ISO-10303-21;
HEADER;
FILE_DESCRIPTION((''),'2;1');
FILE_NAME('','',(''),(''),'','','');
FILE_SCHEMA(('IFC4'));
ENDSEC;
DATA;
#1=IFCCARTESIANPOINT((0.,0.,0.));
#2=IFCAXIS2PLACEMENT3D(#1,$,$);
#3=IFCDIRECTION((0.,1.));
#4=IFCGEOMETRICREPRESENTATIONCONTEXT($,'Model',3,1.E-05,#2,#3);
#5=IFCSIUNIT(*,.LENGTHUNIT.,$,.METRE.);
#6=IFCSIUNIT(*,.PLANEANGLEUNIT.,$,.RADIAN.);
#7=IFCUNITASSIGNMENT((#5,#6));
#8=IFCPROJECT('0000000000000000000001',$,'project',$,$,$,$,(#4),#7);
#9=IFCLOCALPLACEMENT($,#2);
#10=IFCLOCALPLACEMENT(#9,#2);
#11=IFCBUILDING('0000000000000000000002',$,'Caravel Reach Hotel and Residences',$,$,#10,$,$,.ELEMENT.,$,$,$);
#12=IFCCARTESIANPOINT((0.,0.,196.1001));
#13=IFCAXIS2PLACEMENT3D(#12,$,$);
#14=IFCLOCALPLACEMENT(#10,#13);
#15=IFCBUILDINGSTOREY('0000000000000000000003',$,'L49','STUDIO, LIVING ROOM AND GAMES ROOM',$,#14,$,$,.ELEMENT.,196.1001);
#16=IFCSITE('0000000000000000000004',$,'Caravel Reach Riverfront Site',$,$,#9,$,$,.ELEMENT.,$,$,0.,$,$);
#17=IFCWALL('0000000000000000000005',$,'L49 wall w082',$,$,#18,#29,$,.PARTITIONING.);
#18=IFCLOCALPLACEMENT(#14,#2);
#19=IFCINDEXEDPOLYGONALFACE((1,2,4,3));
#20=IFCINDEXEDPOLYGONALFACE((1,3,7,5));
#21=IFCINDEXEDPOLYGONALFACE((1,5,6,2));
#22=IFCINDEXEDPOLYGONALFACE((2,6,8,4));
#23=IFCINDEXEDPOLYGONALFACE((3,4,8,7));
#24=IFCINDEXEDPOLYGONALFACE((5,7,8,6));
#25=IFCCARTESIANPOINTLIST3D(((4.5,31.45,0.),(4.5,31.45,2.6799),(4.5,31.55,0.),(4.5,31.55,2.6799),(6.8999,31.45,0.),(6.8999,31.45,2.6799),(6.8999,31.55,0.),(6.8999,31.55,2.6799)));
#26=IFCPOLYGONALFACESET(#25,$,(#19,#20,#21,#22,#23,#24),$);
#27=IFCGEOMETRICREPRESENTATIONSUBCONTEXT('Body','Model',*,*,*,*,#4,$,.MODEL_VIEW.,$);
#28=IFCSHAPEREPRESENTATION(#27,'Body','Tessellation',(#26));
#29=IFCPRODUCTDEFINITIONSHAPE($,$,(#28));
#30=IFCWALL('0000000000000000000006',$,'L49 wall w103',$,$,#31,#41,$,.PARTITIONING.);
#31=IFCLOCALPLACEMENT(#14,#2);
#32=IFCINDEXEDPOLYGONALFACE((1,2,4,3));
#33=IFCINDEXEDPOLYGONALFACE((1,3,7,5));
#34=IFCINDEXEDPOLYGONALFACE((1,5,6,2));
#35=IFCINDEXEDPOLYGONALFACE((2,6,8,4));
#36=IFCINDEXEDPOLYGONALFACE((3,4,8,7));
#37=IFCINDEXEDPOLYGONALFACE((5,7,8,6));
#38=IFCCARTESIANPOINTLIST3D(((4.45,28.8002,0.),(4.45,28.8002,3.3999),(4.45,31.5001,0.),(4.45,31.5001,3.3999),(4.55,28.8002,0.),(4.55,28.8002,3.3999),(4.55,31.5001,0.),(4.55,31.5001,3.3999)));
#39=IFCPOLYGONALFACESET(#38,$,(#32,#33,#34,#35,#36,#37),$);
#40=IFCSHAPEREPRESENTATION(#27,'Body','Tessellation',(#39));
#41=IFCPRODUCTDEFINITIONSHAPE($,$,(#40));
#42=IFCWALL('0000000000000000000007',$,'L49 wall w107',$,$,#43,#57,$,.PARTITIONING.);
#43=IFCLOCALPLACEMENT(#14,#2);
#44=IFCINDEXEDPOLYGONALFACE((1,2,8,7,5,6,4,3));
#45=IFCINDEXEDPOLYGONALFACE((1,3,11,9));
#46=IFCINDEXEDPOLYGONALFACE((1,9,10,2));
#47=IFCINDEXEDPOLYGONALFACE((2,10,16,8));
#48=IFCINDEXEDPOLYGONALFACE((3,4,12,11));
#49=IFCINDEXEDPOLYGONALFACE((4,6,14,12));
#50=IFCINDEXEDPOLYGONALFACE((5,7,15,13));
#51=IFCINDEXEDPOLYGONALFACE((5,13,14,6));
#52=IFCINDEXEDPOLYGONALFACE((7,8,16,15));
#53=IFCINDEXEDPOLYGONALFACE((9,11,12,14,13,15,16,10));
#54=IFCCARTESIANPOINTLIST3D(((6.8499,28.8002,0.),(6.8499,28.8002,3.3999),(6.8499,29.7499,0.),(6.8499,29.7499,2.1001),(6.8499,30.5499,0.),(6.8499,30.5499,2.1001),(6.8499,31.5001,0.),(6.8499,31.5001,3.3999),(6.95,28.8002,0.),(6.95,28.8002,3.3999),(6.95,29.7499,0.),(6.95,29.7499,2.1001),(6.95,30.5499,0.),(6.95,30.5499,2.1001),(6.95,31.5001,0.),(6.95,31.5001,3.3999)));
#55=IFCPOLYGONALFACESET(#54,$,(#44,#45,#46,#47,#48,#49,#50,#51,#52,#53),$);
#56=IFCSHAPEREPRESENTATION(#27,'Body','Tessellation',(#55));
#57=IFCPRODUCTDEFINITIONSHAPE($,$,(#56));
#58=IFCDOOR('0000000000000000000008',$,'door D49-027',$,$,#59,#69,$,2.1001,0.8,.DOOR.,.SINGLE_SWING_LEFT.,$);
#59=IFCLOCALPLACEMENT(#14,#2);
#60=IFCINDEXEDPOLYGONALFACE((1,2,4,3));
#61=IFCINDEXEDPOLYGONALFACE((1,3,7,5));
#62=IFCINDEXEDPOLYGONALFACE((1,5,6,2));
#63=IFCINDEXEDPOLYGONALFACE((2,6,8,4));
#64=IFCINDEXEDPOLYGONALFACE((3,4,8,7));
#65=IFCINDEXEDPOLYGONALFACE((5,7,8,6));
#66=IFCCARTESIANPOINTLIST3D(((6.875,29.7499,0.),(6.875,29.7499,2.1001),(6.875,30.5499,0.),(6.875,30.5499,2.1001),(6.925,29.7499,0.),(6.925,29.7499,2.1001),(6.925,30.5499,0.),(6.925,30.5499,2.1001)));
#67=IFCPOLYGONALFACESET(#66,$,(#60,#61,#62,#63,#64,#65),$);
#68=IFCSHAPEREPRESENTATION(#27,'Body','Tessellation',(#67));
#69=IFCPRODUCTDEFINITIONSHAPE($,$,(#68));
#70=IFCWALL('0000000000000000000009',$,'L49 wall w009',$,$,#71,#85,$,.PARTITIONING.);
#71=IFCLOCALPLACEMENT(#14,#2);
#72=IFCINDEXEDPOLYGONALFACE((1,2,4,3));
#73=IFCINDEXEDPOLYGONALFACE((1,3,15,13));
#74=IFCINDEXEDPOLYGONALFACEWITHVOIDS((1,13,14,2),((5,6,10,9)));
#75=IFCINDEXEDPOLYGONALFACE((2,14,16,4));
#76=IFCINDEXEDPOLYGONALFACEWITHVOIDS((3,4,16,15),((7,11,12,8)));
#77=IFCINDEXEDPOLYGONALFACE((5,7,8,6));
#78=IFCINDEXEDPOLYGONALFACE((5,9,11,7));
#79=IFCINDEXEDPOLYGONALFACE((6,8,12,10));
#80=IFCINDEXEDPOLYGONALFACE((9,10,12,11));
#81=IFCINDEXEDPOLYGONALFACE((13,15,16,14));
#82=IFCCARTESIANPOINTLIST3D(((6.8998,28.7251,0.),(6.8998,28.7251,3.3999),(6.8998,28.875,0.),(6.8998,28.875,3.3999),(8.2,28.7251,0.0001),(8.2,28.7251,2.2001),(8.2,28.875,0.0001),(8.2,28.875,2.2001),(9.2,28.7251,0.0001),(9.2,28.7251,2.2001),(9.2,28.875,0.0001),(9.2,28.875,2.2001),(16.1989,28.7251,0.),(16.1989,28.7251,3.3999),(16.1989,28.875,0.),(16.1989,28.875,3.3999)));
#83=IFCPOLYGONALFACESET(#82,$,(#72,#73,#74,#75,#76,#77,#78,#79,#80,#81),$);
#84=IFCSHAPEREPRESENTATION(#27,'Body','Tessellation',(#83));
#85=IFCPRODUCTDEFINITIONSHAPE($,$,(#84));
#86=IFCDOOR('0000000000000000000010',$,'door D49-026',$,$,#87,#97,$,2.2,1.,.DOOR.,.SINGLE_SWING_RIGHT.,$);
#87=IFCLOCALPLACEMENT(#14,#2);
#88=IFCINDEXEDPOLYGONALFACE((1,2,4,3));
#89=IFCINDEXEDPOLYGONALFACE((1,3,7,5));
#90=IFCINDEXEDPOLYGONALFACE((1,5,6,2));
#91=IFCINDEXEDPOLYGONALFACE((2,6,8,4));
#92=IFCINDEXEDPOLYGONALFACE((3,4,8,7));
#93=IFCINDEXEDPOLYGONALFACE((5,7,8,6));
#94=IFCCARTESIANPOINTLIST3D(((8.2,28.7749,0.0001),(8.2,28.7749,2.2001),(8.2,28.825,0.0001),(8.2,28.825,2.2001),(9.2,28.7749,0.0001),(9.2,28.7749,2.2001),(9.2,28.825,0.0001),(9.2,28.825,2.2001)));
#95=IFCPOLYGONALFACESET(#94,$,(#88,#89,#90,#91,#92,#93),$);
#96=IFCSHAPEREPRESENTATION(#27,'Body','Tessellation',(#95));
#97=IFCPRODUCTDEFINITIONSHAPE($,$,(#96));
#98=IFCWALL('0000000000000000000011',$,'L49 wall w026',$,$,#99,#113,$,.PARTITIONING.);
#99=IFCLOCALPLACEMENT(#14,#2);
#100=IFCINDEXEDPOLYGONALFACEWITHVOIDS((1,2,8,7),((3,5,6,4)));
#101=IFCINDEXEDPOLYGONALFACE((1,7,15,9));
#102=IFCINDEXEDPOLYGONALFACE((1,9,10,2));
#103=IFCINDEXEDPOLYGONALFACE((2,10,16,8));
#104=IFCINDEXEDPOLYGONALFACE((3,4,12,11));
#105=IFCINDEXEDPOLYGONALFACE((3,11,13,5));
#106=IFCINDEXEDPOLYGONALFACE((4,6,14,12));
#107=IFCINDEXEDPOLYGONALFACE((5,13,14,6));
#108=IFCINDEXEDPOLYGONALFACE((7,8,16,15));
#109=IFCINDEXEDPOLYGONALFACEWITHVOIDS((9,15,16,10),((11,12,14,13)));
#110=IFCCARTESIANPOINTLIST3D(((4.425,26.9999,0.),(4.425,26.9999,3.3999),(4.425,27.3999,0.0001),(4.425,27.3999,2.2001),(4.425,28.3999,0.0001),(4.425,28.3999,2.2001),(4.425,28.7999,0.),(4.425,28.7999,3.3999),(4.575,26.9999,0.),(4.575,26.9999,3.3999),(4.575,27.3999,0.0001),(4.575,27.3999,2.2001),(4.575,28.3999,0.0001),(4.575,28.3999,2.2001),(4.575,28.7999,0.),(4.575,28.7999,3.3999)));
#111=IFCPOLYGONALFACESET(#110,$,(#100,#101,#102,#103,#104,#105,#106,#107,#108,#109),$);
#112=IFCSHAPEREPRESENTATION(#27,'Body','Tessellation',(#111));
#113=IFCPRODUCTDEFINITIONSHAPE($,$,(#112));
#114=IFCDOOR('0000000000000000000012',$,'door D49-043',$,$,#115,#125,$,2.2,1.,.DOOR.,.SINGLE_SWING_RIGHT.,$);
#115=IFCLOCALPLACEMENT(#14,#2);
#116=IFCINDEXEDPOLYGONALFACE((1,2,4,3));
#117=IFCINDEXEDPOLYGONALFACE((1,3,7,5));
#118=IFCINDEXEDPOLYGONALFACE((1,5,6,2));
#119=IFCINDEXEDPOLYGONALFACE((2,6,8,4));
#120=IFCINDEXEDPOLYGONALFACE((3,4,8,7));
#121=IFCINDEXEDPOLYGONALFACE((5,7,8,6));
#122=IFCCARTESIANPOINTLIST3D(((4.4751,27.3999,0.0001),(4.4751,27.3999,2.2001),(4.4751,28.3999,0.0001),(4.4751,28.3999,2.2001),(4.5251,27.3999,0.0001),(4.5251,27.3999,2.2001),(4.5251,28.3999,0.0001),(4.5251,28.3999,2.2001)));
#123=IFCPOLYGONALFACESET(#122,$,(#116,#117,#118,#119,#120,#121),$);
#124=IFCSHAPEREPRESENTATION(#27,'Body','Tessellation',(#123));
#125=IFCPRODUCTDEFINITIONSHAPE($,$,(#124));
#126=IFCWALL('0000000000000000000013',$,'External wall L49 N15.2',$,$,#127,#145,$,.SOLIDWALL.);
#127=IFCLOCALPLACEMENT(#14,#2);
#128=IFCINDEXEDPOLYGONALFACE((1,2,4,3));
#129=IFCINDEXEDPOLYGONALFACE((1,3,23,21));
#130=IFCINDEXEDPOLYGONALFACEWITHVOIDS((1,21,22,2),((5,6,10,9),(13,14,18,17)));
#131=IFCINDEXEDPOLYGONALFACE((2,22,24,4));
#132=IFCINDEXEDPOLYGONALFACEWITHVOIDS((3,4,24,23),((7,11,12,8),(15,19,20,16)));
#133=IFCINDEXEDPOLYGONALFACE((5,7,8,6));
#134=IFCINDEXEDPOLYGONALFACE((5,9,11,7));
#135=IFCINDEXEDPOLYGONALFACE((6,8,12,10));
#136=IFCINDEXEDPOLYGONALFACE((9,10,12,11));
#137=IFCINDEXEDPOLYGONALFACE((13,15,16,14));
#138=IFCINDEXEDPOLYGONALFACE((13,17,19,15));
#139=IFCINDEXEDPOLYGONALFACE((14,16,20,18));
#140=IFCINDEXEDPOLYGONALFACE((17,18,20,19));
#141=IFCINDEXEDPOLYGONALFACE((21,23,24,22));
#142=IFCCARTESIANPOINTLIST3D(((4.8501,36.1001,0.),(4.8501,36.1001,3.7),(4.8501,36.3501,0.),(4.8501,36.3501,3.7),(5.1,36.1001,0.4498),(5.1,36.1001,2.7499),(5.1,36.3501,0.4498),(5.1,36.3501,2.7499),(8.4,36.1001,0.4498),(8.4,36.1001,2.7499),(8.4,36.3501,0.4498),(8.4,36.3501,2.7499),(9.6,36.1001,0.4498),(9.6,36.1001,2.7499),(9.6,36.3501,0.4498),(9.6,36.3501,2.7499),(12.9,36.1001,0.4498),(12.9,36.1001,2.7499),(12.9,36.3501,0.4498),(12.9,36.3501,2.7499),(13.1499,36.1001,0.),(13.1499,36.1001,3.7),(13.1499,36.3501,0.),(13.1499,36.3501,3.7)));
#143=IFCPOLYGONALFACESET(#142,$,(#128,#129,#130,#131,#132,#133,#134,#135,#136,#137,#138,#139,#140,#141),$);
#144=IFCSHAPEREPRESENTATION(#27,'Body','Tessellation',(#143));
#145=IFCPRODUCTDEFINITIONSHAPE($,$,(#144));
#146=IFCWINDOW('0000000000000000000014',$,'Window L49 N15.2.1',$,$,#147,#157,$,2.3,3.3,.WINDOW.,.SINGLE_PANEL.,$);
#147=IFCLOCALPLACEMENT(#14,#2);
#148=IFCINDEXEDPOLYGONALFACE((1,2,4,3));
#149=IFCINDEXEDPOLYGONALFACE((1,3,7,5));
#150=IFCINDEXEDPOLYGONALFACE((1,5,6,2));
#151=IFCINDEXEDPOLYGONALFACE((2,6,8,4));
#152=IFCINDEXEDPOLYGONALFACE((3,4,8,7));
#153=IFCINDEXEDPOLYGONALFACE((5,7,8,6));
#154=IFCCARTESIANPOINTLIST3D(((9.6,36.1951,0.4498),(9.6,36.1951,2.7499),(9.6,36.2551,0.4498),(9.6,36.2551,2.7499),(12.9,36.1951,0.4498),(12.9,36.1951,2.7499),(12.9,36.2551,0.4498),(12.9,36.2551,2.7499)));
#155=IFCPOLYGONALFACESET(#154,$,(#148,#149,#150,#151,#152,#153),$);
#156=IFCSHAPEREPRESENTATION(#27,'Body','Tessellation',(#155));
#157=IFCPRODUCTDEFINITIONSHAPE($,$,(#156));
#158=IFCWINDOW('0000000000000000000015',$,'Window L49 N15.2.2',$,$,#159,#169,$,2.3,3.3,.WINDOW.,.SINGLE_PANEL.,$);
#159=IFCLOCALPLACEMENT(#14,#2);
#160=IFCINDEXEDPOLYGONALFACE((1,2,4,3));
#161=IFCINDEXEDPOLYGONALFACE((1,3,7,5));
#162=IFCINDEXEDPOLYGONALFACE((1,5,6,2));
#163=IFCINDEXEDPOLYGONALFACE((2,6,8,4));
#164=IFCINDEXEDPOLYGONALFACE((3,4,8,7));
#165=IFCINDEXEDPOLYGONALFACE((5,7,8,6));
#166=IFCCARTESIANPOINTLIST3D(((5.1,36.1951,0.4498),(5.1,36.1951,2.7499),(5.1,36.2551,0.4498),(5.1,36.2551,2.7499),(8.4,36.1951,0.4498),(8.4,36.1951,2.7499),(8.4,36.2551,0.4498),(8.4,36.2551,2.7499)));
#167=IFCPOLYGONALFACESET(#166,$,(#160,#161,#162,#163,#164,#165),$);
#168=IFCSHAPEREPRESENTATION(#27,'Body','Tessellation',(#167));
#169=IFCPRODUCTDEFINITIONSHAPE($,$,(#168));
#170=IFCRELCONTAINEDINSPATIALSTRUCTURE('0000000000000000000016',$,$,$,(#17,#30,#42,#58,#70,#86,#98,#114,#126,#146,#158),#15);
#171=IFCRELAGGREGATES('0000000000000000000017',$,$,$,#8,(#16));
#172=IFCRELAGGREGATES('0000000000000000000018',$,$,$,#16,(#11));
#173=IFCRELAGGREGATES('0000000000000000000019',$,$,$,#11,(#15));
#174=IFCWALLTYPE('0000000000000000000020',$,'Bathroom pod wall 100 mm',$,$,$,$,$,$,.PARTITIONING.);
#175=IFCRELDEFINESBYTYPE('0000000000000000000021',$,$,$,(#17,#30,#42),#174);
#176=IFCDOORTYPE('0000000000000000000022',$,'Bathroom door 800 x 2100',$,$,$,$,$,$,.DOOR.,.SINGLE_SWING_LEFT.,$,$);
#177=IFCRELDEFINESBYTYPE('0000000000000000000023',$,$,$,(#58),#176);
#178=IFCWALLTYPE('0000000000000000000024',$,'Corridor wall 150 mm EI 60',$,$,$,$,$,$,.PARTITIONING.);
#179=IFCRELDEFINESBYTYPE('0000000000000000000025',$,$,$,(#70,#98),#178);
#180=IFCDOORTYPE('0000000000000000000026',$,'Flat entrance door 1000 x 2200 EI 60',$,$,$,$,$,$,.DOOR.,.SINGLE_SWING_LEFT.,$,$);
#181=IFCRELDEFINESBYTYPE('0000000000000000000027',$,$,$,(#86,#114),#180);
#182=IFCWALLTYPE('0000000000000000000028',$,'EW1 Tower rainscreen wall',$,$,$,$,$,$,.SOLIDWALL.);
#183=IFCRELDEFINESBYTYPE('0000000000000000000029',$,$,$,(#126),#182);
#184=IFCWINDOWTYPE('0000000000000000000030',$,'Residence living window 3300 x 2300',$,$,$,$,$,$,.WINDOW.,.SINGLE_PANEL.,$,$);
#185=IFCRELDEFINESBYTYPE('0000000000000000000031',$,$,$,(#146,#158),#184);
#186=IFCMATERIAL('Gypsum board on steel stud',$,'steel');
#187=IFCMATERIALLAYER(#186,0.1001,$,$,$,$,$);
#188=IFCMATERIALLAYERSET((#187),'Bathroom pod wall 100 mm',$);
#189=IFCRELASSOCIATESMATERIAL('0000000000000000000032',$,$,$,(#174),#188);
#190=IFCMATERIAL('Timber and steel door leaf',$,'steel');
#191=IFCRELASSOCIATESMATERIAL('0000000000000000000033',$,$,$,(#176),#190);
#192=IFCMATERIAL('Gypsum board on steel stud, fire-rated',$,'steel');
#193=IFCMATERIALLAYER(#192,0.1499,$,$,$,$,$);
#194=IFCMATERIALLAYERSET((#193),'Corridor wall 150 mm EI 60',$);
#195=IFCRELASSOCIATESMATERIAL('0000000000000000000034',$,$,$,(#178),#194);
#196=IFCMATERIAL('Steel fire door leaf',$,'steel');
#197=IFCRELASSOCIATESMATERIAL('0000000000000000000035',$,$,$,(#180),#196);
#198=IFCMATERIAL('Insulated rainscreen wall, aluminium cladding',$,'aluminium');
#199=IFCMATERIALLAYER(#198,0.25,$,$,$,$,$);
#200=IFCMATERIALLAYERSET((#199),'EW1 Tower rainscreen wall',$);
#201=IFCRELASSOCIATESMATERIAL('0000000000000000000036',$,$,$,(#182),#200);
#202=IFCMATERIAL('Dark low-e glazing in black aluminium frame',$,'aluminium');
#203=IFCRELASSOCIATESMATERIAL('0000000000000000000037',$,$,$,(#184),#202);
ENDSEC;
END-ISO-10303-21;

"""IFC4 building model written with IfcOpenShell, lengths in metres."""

from ifc_helpers import new_model, si_unit, direction, frame, frame_2d, origin, place, context, subcontext, project, spatial, rectangle, extrude, material, layer, layer_set, type_object, element, fill, save


model = new_model("IFC4")

# Units and contexts
model_context = context("Model", 3, precision=1e-05, world=origin(), true_north=direction((0.0, 1.0)))
body_context = subcontext(model_context, "Body", "Model", "MODEL_VIEW")
ifc_project = project(units=[si_unit("LENGTHUNIT", "METRE"), si_unit("PLANEANGLEUNIT", "RADIAN")], contexts=[model_context])

# Site, building, storey
site_placement = place(None, origin())
site = spatial("IfcSite", under=ifc_project, at=site_placement, Name="Caravel Reach Riverfront Site", CompositionType="ELEMENT", RefElevation=0.0)
building_placement = place(site_placement, origin())
building = spatial("IfcBuilding", under=site, at=building_placement, Name="Caravel Reach Hotel and Residences", CompositionType="ELEMENT")
storey_placement = place(building_placement, frame((0.0, 0.0, 196.1001)))
storey = spatial("IfcBuildingStorey", under=building, at=storey_placement, Name="L49", Description="STUDIO, LIVING ROOM AND GAMES ROOM", CompositionType="ELEMENT", Elevation=196.1001)

# Walls
ifc_material_1 = material(Name="Gypsum board on steel stud", Category="steel")
ifc_layer_1 = layer(ifc_material_1, 0.1001)
ifc_layer_set_1 = layer_set([ifc_layer_1], Name="Bathroom pod wall 100 mm")
wall_type_1 = type_object("IfcWallType", Name="Bathroom pod wall 100 mm", PredefinedType="PARTITIONING", material=ifc_layer_set_1)
wall_1_placement = place(storey_placement, frame((4.5, 31.5, 0.0), z_axis=(0.0, 0.0, 1.0), x_axis=(1.0, 0.0, 0.0)))
element("IfcWall", 1, at=wall_1_placement, inside=storey, type_object=wall_type_1, Name="L49 wall w082", PredefinedType="PARTITIONING", context=body_context, shape_type="SweptSolid", body=[
    extrude(rectangle(XDim=2.3999, YDim=0.1001, at=frame_2d((1.2, 0.0))), origin(), (0.0, 0.0, 1.0), 2.6799),
])
wall_2_placement = place(storey_placement, frame((4.5, 28.8, 0.0), z_axis=(0.0, 0.0, 1.0), x_axis=(0.0, 1.0, 0.0)))
element("IfcWall", 2, at=wall_2_placement, inside=storey, type_object=wall_type_1, Name="L49 wall w103", PredefinedType="PARTITIONING", context=body_context, shape_type="SweptSolid", body=[
    extrude(rectangle(XDim=2.7, YDim=0.1001, at=frame_2d((1.3501, 0.0))), origin(), (0.0, 0.0, 1.0), 3.3999),
])

# Walls, openings, doors
wall_3_placement = place(storey_placement, frame((6.8999, 28.8, 0.0), z_axis=(0.0, 0.0, 1.0), x_axis=(0.0, 1.0, 0.0)))
wall_3 = element("IfcWall", 3, at=wall_3_placement, inside=storey, type_object=wall_type_1, Name="L49 wall w107", PredefinedType="PARTITIONING", context=body_context, shape_type="SweptSolid", body=[
    extrude(rectangle(XDim=2.7, YDim=0.1001, at=frame_2d((1.3501, 0.0))), origin(), (0.0, 0.0, 1.0), 3.3999),
])
opening_1_placement = place(wall_3_placement, frame((0.95, 0.0, 0.0)))
opening_1 = element("IfcOpeningElement", 4, at=opening_1_placement, cuts=wall_3, PredefinedType="OPENING", context=body_context, shape_type="SweptSolid", body=[
    extrude(rectangle(XDim=0.8, YDim=2.1001, at=frame_2d((0.3999, 1.05))), frame((0.0, 0.0601, 0.0), z_axis=(0.0, -1.0, 0.0), x_axis=(1.0, 0.0, 0.0)), (0.0, 0.0, 1.0), 0.1201),
])
ifc_material_2 = material(Name="Timber and steel door leaf", Category="steel")
door_type_1 = type_object("IfcDoorType", Name="Bathroom door 800 x 2100", OperationType="SINGLE_SWING_LEFT", PredefinedType="DOOR", material=ifc_material_2)
door_1_placement = place(opening_1_placement, origin())
door_1 = element("IfcDoor", 5, at=door_1_placement, inside=storey, type_object=door_type_1, Name="door D49-027", OperationType="SINGLE_SWING_LEFT", OverallHeight=2.1001, OverallWidth=0.8, PredefinedType="DOOR", context=body_context, shape_type="SweptSolid", body=[
    extrude(rectangle(XDim=0.8, YDim=2.1001, at=frame_2d((0.3999, 1.05))), frame((0.0, 0.0249, 0.0), z_axis=(0.0, -1.0, 0.0), x_axis=(1.0, 0.0, 0.0)), (0.0, 0.0, 1.0), 0.05),
])
fill(opening_1, door_1)
ifc_material_3 = material(Name="Gypsum board on steel stud, fire-rated", Category="steel")
ifc_layer_2 = layer(ifc_material_3, 0.1499)
ifc_layer_set_2 = layer_set([ifc_layer_2], Name="Corridor wall 150 mm EI 60")
wall_type_2 = type_object("IfcWallType", Name="Corridor wall 150 mm EI 60", PredefinedType="PARTITIONING", material=ifc_layer_set_2)
wall_4_placement = place(storey_placement, frame((6.8999, 28.8, 0.0), z_axis=(0.0, 0.0, 1.0), x_axis=(1.0, 0.0, 0.0)))
wall_4 = element("IfcWall", 6, at=wall_4_placement, inside=storey, type_object=wall_type_2, Name="L49 wall w009", PredefinedType="PARTITIONING", context=body_context, shape_type="SweptSolid", body=[
    extrude(rectangle(XDim=9.2991, YDim=0.1499, at=frame_2d((4.6494, 0.0))), origin(), (0.0, 0.0, 1.0), 3.3999),
])
opening_2_placement = place(wall_4_placement, frame((1.3, 0.0, 0.0)))
opening_2 = element("IfcOpeningElement", 7, at=opening_2_placement, cuts=wall_4, PredefinedType="OPENING", context=body_context, shape_type="SweptSolid", body=[
    extrude(rectangle(XDim=1.0, YDim=2.2, at=frame_2d((0.5, 1.1001))), frame((0.0, 0.085, 0.0), z_axis=(0.0, -1.0, 0.0), x_axis=(1.0, 0.0, 0.0)), (0.0, 0.0, 1.0), 0.1699),
])
ifc_material_4 = material(Name="Steel fire door leaf", Category="steel")
door_type_2 = type_object("IfcDoorType", Name="Flat entrance door 1000 x 2200 EI 60", OperationType="SINGLE_SWING_LEFT", PredefinedType="DOOR", material=ifc_material_4)
door_2_placement = place(opening_2_placement, origin())
door_2 = element("IfcDoor", 8, at=door_2_placement, inside=storey, type_object=door_type_2, Name="door D49-026", OperationType="SINGLE_SWING_RIGHT", OverallHeight=2.2, OverallWidth=1.0, PredefinedType="DOOR", context=body_context, shape_type="SweptSolid", body=[
    extrude(rectangle(XDim=1.0, YDim=2.2, at=frame_2d((0.5, 1.1001))), frame((0.0, 0.0249, 0.0), z_axis=(0.0, -1.0, 0.0), x_axis=(1.0, 0.0, 0.0)), (0.0, 0.0, 1.0), 0.05),
])
fill(opening_2, door_2)
wall_5_placement = place(storey_placement, frame((4.5, 27.0, 0.0), z_axis=(0.0, 0.0, 1.0), x_axis=(0.0, 1.0, 0.0)))
wall_5 = element("IfcWall", 9, at=wall_5_placement, inside=storey, type_object=wall_type_2, Name="L49 wall w026", PredefinedType="PARTITIONING", context=body_context, shape_type="SweptSolid", body=[
    extrude(rectangle(XDim=1.8, YDim=0.1499, at=frame_2d((0.8999, 0.0))), origin(), (0.0, 0.0, 1.0), 3.3999),
])
opening_3_placement = place(wall_5_placement, frame((0.3999, 0.0, 0.0)))
opening_3 = element("IfcOpeningElement", 10, at=opening_3_placement, cuts=wall_5, PredefinedType="OPENING", context=body_context, shape_type="SweptSolid", body=[
    extrude(rectangle(XDim=1.0, YDim=2.2, at=frame_2d((0.5, 1.1001))), frame((0.0, 0.085, 0.0), z_axis=(0.0, -1.0, 0.0), x_axis=(1.0, 0.0, 0.0)), (0.0, 0.0, 1.0), 0.1699),
])
door_3_placement = place(opening_3_placement, origin())
door_3 = element("IfcDoor", 11, at=door_3_placement, inside=storey, type_object=door_type_2, Name="door D49-043", OperationType="SINGLE_SWING_RIGHT", OverallHeight=2.2, OverallWidth=1.0, PredefinedType="DOOR", context=body_context, shape_type="SweptSolid", body=[
    extrude(rectangle(XDim=1.0, YDim=2.2, at=frame_2d((0.5, 1.1001))), frame((0.0, 0.0249, 0.0), z_axis=(0.0, -1.0, 0.0), x_axis=(1.0, 0.0, 0.0)), (0.0, 0.0, 1.0), 0.05),
])
fill(opening_3, door_3)

# Wall, openings, windows
ifc_material_5 = material(Name="Insulated rainscreen wall, aluminium cladding", Category="aluminium")
ifc_layer_3 = layer(ifc_material_5, 0.25)
ifc_layer_set_3 = layer_set([ifc_layer_3], Name="EW1 Tower rainscreen wall")
wall_type_3 = type_object("IfcWallType", Name="EW1 Tower rainscreen wall", PredefinedType="SOLIDWALL", material=ifc_layer_set_3)
wall_6_placement = place(storey_placement, frame((13.1499, 36.2251, 0.0), z_axis=(0.0, 0.0, 1.0), x_axis=(-1.0, 0.0, 0.0)))
wall_6 = element("IfcWall", 12, at=wall_6_placement, inside=storey, type_object=wall_type_3, Name="External wall L49 N15.2", PredefinedType="SOLIDWALL", context=body_context, shape_type="SweptSolid", body=[
    extrude(rectangle(XDim=8.2998, YDim=0.25, at=frame_2d((4.1499, 0.0))), origin(), (0.0, 0.0, 1.0), 3.7),
])
opening_4_placement = place(wall_6_placement, frame((0.25, 0.0, 0.45)))
opening_4 = element("IfcOpeningElement", 13, at=opening_4_placement, cuts=wall_6, PredefinedType="OPENING", context=body_context, shape_type="SweptSolid", body=[
    extrude(rectangle(XDim=3.3, YDim=2.3, at=frame_2d((1.6499, 1.1499))), frame((0.0, 0.135, 0.0), z_axis=(0.0, -1.0, 0.0), x_axis=(1.0, 0.0, 0.0)), (0.0, 0.0, 1.0), 0.27),
])
opening_5_placement = place(wall_6_placement, frame((4.75, 0.0, 0.45)))
opening_5 = element("IfcOpeningElement", 14, at=opening_5_placement, cuts=wall_6, PredefinedType="OPENING", context=body_context, shape_type="SweptSolid", body=[
    extrude(rectangle(XDim=3.3, YDim=2.3, at=frame_2d((1.6499, 1.1499))), frame((0.0, 0.135, 0.0), z_axis=(0.0, -1.0, 0.0), x_axis=(1.0, 0.0, 0.0)), (0.0, 0.0, 1.0), 0.27),
])
ifc_material_6 = material(Name="Dark low-e glazing in black aluminium frame", Category="aluminium")
window_type = type_object("IfcWindowType", Name="Residence living window 3300 x 2300", PartitioningType="SINGLE_PANEL", PredefinedType="WINDOW", material=ifc_material_6)
window_1_placement = place(opening_4_placement, origin())
window_1 = element("IfcWindow", 15, at=window_1_placement, inside=storey, type_object=window_type, Name="Window L49 N15.2.1", OverallHeight=2.3, OverallWidth=3.3, PartitioningType="SINGLE_PANEL", PredefinedType="WINDOW", context=body_context, shape_type="SweptSolid", body=[
    extrude(rectangle(XDim=3.3, YDim=2.3, at=frame_2d((1.6499, 1.1499))), frame((0.0, 0.03, 0.0), z_axis=(0.0, -1.0, 0.0), x_axis=(1.0, 0.0, 0.0)), (0.0, 0.0, 1.0), 0.0601),
])
fill(opening_4, window_1)
window_2_placement = place(opening_5_placement, origin())
window_2 = element("IfcWindow", 16, at=window_2_placement, inside=storey, type_object=window_type, Name="Window L49 N15.2.2", OverallHeight=2.3, OverallWidth=3.3, PartitioningType="SINGLE_PANEL", PredefinedType="WINDOW", context=body_context, shape_type="SweptSolid", body=[
    extrude(rectangle(XDim=3.3, YDim=2.3, at=frame_2d((1.6499, 1.1499))), frame((0.0, 0.03, 0.0), z_axis=(0.0, -1.0, 0.0), x_axis=(1.0, 0.0, 0.0)), (0.0, 0.0, 1.0), 0.0601),
])
fill(opening_5, window_2)

save(model, "model.ifc")
